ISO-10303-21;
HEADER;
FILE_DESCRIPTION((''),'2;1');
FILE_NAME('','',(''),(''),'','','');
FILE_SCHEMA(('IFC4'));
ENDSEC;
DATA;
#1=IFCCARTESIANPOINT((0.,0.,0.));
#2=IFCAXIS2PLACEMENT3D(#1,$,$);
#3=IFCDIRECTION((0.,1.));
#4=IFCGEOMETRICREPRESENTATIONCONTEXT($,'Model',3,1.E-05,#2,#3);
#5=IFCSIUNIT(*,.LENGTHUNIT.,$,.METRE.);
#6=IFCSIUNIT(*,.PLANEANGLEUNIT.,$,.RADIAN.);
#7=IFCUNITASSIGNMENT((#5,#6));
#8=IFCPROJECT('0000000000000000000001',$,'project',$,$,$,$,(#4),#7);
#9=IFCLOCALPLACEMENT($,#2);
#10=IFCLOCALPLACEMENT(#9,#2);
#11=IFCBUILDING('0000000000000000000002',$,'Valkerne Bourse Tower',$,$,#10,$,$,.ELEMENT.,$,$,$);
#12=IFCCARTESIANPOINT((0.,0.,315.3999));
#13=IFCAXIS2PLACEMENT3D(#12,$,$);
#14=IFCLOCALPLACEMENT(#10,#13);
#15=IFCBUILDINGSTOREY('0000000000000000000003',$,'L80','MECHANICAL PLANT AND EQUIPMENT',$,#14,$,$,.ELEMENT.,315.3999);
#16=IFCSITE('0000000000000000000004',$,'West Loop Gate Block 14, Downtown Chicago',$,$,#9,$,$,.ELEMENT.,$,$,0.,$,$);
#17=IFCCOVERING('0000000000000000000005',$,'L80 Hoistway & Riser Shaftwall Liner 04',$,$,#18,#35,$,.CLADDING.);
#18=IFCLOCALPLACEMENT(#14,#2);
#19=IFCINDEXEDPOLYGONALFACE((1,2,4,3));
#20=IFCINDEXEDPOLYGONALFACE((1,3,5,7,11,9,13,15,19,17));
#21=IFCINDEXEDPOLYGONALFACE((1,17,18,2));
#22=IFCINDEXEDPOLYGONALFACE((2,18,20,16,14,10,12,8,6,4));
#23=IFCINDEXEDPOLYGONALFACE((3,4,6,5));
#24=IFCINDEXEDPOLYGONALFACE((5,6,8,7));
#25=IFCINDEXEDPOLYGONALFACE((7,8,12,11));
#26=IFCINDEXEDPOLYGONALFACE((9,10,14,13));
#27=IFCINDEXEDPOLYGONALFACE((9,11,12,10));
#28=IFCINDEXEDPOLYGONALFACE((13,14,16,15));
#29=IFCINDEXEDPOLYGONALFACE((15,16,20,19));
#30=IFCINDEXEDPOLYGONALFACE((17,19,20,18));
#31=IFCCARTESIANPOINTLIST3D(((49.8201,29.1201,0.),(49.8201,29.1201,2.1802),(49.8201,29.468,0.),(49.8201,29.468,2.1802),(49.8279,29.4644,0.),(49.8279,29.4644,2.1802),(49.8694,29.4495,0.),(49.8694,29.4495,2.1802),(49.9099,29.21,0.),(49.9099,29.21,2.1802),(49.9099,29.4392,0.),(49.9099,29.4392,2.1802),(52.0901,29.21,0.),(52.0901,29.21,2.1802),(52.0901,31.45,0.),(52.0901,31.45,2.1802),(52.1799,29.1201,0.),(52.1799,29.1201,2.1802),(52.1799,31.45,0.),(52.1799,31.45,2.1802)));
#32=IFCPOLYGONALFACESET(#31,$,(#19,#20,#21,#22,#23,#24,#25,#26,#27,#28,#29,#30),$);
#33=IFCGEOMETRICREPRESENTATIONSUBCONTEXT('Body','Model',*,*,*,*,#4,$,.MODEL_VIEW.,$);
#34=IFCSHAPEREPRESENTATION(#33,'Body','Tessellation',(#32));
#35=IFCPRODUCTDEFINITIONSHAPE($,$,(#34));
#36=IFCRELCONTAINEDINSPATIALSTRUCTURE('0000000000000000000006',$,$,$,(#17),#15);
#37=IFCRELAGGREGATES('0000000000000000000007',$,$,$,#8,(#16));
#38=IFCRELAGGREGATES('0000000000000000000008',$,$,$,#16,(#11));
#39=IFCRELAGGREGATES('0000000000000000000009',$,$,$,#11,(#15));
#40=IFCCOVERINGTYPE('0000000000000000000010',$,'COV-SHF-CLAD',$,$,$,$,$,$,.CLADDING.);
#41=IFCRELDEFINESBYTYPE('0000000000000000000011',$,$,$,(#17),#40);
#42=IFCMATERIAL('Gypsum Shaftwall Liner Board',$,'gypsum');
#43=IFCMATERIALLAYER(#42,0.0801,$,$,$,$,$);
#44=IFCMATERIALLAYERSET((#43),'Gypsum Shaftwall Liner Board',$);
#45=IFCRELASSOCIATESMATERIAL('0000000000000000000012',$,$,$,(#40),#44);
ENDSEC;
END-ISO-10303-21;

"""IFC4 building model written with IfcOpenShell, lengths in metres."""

from ifc_helpers import new_model, si_unit, direction, frame, origin, place, context, subcontext, project, spatial, polyline, outline, extrude, material, layer, layer_set, type_object, element, save


model = new_model("IFC4")

# Units and contexts
model_context = context("Model", 3, precision=1e-05, world=origin(), true_north=direction((0.0, 1.0)))
body_context = subcontext(model_context, "Body", "Model", "MODEL_VIEW")
ifc_project = project(units=[si_unit("LENGTHUNIT", "METRE"), si_unit("PLANEANGLEUNIT", "RADIAN")], contexts=[model_context])

# Site, building, storey
site_placement = place(None, origin())
site = spatial("IfcSite", under=ifc_project, at=site_placement, Name="West Loop Gate Block 14, Downtown Chicago", CompositionType="ELEMENT", RefElevation=0.0)
building_placement = place(site_placement, origin())
building = spatial("IfcBuilding", under=site, at=building_placement, Name="Valkerne Bourse Tower", CompositionType="ELEMENT")
storey_placement = place(building_placement, frame((0.0, 0.0, 315.3999)))
storey = spatial("IfcBuildingStorey", under=building, at=storey_placement, Name="L80", Description="MECHANICAL PLANT AND EQUIPMENT", CompositionType="ELEMENT", Elevation=315.3999)

# Covering
ifc_material_1 = material(Name="Gypsum Shaftwall Liner Board", Category="gypsum")
ifc_layer_1 = layer(ifc_material_1, 0.0801)
ifc_layer_set_1 = layer_set([ifc_layer_1], Name="Gypsum Shaftwall Liner Board")
covering_type_1 = type_object("IfcCoveringType", Name="COV-SHF-CLAD", PredefinedType="CLADDING", material=ifc_layer_set_1)
covering_1_placement = place(storey_placement, origin())
element("IfcCovering", 1, at=covering_1_placement, inside=storey, type_object=covering_type_1, Name="L80 Hoistway & Riser Shaftwall Liner 04", PredefinedType="CLADDING", context=body_context, shape_type="SweptSolid", body=[
    extrude(outline(polyline([(49.9099, 29.21), (52.0901, 29.21), (52.0901, 31.45), (52.1799, 31.45), (52.1799, 29.1201), (49.8201, 29.1201), (49.8201, 29.468), (49.8279, 29.4644), (49.8694, 29.4495), (49.9099, 29.4392), (49.9099, 29.21)])), origin(), (0.0, 0.0, 1.0), 2.1802),
])

save(model, "model.ifc")
